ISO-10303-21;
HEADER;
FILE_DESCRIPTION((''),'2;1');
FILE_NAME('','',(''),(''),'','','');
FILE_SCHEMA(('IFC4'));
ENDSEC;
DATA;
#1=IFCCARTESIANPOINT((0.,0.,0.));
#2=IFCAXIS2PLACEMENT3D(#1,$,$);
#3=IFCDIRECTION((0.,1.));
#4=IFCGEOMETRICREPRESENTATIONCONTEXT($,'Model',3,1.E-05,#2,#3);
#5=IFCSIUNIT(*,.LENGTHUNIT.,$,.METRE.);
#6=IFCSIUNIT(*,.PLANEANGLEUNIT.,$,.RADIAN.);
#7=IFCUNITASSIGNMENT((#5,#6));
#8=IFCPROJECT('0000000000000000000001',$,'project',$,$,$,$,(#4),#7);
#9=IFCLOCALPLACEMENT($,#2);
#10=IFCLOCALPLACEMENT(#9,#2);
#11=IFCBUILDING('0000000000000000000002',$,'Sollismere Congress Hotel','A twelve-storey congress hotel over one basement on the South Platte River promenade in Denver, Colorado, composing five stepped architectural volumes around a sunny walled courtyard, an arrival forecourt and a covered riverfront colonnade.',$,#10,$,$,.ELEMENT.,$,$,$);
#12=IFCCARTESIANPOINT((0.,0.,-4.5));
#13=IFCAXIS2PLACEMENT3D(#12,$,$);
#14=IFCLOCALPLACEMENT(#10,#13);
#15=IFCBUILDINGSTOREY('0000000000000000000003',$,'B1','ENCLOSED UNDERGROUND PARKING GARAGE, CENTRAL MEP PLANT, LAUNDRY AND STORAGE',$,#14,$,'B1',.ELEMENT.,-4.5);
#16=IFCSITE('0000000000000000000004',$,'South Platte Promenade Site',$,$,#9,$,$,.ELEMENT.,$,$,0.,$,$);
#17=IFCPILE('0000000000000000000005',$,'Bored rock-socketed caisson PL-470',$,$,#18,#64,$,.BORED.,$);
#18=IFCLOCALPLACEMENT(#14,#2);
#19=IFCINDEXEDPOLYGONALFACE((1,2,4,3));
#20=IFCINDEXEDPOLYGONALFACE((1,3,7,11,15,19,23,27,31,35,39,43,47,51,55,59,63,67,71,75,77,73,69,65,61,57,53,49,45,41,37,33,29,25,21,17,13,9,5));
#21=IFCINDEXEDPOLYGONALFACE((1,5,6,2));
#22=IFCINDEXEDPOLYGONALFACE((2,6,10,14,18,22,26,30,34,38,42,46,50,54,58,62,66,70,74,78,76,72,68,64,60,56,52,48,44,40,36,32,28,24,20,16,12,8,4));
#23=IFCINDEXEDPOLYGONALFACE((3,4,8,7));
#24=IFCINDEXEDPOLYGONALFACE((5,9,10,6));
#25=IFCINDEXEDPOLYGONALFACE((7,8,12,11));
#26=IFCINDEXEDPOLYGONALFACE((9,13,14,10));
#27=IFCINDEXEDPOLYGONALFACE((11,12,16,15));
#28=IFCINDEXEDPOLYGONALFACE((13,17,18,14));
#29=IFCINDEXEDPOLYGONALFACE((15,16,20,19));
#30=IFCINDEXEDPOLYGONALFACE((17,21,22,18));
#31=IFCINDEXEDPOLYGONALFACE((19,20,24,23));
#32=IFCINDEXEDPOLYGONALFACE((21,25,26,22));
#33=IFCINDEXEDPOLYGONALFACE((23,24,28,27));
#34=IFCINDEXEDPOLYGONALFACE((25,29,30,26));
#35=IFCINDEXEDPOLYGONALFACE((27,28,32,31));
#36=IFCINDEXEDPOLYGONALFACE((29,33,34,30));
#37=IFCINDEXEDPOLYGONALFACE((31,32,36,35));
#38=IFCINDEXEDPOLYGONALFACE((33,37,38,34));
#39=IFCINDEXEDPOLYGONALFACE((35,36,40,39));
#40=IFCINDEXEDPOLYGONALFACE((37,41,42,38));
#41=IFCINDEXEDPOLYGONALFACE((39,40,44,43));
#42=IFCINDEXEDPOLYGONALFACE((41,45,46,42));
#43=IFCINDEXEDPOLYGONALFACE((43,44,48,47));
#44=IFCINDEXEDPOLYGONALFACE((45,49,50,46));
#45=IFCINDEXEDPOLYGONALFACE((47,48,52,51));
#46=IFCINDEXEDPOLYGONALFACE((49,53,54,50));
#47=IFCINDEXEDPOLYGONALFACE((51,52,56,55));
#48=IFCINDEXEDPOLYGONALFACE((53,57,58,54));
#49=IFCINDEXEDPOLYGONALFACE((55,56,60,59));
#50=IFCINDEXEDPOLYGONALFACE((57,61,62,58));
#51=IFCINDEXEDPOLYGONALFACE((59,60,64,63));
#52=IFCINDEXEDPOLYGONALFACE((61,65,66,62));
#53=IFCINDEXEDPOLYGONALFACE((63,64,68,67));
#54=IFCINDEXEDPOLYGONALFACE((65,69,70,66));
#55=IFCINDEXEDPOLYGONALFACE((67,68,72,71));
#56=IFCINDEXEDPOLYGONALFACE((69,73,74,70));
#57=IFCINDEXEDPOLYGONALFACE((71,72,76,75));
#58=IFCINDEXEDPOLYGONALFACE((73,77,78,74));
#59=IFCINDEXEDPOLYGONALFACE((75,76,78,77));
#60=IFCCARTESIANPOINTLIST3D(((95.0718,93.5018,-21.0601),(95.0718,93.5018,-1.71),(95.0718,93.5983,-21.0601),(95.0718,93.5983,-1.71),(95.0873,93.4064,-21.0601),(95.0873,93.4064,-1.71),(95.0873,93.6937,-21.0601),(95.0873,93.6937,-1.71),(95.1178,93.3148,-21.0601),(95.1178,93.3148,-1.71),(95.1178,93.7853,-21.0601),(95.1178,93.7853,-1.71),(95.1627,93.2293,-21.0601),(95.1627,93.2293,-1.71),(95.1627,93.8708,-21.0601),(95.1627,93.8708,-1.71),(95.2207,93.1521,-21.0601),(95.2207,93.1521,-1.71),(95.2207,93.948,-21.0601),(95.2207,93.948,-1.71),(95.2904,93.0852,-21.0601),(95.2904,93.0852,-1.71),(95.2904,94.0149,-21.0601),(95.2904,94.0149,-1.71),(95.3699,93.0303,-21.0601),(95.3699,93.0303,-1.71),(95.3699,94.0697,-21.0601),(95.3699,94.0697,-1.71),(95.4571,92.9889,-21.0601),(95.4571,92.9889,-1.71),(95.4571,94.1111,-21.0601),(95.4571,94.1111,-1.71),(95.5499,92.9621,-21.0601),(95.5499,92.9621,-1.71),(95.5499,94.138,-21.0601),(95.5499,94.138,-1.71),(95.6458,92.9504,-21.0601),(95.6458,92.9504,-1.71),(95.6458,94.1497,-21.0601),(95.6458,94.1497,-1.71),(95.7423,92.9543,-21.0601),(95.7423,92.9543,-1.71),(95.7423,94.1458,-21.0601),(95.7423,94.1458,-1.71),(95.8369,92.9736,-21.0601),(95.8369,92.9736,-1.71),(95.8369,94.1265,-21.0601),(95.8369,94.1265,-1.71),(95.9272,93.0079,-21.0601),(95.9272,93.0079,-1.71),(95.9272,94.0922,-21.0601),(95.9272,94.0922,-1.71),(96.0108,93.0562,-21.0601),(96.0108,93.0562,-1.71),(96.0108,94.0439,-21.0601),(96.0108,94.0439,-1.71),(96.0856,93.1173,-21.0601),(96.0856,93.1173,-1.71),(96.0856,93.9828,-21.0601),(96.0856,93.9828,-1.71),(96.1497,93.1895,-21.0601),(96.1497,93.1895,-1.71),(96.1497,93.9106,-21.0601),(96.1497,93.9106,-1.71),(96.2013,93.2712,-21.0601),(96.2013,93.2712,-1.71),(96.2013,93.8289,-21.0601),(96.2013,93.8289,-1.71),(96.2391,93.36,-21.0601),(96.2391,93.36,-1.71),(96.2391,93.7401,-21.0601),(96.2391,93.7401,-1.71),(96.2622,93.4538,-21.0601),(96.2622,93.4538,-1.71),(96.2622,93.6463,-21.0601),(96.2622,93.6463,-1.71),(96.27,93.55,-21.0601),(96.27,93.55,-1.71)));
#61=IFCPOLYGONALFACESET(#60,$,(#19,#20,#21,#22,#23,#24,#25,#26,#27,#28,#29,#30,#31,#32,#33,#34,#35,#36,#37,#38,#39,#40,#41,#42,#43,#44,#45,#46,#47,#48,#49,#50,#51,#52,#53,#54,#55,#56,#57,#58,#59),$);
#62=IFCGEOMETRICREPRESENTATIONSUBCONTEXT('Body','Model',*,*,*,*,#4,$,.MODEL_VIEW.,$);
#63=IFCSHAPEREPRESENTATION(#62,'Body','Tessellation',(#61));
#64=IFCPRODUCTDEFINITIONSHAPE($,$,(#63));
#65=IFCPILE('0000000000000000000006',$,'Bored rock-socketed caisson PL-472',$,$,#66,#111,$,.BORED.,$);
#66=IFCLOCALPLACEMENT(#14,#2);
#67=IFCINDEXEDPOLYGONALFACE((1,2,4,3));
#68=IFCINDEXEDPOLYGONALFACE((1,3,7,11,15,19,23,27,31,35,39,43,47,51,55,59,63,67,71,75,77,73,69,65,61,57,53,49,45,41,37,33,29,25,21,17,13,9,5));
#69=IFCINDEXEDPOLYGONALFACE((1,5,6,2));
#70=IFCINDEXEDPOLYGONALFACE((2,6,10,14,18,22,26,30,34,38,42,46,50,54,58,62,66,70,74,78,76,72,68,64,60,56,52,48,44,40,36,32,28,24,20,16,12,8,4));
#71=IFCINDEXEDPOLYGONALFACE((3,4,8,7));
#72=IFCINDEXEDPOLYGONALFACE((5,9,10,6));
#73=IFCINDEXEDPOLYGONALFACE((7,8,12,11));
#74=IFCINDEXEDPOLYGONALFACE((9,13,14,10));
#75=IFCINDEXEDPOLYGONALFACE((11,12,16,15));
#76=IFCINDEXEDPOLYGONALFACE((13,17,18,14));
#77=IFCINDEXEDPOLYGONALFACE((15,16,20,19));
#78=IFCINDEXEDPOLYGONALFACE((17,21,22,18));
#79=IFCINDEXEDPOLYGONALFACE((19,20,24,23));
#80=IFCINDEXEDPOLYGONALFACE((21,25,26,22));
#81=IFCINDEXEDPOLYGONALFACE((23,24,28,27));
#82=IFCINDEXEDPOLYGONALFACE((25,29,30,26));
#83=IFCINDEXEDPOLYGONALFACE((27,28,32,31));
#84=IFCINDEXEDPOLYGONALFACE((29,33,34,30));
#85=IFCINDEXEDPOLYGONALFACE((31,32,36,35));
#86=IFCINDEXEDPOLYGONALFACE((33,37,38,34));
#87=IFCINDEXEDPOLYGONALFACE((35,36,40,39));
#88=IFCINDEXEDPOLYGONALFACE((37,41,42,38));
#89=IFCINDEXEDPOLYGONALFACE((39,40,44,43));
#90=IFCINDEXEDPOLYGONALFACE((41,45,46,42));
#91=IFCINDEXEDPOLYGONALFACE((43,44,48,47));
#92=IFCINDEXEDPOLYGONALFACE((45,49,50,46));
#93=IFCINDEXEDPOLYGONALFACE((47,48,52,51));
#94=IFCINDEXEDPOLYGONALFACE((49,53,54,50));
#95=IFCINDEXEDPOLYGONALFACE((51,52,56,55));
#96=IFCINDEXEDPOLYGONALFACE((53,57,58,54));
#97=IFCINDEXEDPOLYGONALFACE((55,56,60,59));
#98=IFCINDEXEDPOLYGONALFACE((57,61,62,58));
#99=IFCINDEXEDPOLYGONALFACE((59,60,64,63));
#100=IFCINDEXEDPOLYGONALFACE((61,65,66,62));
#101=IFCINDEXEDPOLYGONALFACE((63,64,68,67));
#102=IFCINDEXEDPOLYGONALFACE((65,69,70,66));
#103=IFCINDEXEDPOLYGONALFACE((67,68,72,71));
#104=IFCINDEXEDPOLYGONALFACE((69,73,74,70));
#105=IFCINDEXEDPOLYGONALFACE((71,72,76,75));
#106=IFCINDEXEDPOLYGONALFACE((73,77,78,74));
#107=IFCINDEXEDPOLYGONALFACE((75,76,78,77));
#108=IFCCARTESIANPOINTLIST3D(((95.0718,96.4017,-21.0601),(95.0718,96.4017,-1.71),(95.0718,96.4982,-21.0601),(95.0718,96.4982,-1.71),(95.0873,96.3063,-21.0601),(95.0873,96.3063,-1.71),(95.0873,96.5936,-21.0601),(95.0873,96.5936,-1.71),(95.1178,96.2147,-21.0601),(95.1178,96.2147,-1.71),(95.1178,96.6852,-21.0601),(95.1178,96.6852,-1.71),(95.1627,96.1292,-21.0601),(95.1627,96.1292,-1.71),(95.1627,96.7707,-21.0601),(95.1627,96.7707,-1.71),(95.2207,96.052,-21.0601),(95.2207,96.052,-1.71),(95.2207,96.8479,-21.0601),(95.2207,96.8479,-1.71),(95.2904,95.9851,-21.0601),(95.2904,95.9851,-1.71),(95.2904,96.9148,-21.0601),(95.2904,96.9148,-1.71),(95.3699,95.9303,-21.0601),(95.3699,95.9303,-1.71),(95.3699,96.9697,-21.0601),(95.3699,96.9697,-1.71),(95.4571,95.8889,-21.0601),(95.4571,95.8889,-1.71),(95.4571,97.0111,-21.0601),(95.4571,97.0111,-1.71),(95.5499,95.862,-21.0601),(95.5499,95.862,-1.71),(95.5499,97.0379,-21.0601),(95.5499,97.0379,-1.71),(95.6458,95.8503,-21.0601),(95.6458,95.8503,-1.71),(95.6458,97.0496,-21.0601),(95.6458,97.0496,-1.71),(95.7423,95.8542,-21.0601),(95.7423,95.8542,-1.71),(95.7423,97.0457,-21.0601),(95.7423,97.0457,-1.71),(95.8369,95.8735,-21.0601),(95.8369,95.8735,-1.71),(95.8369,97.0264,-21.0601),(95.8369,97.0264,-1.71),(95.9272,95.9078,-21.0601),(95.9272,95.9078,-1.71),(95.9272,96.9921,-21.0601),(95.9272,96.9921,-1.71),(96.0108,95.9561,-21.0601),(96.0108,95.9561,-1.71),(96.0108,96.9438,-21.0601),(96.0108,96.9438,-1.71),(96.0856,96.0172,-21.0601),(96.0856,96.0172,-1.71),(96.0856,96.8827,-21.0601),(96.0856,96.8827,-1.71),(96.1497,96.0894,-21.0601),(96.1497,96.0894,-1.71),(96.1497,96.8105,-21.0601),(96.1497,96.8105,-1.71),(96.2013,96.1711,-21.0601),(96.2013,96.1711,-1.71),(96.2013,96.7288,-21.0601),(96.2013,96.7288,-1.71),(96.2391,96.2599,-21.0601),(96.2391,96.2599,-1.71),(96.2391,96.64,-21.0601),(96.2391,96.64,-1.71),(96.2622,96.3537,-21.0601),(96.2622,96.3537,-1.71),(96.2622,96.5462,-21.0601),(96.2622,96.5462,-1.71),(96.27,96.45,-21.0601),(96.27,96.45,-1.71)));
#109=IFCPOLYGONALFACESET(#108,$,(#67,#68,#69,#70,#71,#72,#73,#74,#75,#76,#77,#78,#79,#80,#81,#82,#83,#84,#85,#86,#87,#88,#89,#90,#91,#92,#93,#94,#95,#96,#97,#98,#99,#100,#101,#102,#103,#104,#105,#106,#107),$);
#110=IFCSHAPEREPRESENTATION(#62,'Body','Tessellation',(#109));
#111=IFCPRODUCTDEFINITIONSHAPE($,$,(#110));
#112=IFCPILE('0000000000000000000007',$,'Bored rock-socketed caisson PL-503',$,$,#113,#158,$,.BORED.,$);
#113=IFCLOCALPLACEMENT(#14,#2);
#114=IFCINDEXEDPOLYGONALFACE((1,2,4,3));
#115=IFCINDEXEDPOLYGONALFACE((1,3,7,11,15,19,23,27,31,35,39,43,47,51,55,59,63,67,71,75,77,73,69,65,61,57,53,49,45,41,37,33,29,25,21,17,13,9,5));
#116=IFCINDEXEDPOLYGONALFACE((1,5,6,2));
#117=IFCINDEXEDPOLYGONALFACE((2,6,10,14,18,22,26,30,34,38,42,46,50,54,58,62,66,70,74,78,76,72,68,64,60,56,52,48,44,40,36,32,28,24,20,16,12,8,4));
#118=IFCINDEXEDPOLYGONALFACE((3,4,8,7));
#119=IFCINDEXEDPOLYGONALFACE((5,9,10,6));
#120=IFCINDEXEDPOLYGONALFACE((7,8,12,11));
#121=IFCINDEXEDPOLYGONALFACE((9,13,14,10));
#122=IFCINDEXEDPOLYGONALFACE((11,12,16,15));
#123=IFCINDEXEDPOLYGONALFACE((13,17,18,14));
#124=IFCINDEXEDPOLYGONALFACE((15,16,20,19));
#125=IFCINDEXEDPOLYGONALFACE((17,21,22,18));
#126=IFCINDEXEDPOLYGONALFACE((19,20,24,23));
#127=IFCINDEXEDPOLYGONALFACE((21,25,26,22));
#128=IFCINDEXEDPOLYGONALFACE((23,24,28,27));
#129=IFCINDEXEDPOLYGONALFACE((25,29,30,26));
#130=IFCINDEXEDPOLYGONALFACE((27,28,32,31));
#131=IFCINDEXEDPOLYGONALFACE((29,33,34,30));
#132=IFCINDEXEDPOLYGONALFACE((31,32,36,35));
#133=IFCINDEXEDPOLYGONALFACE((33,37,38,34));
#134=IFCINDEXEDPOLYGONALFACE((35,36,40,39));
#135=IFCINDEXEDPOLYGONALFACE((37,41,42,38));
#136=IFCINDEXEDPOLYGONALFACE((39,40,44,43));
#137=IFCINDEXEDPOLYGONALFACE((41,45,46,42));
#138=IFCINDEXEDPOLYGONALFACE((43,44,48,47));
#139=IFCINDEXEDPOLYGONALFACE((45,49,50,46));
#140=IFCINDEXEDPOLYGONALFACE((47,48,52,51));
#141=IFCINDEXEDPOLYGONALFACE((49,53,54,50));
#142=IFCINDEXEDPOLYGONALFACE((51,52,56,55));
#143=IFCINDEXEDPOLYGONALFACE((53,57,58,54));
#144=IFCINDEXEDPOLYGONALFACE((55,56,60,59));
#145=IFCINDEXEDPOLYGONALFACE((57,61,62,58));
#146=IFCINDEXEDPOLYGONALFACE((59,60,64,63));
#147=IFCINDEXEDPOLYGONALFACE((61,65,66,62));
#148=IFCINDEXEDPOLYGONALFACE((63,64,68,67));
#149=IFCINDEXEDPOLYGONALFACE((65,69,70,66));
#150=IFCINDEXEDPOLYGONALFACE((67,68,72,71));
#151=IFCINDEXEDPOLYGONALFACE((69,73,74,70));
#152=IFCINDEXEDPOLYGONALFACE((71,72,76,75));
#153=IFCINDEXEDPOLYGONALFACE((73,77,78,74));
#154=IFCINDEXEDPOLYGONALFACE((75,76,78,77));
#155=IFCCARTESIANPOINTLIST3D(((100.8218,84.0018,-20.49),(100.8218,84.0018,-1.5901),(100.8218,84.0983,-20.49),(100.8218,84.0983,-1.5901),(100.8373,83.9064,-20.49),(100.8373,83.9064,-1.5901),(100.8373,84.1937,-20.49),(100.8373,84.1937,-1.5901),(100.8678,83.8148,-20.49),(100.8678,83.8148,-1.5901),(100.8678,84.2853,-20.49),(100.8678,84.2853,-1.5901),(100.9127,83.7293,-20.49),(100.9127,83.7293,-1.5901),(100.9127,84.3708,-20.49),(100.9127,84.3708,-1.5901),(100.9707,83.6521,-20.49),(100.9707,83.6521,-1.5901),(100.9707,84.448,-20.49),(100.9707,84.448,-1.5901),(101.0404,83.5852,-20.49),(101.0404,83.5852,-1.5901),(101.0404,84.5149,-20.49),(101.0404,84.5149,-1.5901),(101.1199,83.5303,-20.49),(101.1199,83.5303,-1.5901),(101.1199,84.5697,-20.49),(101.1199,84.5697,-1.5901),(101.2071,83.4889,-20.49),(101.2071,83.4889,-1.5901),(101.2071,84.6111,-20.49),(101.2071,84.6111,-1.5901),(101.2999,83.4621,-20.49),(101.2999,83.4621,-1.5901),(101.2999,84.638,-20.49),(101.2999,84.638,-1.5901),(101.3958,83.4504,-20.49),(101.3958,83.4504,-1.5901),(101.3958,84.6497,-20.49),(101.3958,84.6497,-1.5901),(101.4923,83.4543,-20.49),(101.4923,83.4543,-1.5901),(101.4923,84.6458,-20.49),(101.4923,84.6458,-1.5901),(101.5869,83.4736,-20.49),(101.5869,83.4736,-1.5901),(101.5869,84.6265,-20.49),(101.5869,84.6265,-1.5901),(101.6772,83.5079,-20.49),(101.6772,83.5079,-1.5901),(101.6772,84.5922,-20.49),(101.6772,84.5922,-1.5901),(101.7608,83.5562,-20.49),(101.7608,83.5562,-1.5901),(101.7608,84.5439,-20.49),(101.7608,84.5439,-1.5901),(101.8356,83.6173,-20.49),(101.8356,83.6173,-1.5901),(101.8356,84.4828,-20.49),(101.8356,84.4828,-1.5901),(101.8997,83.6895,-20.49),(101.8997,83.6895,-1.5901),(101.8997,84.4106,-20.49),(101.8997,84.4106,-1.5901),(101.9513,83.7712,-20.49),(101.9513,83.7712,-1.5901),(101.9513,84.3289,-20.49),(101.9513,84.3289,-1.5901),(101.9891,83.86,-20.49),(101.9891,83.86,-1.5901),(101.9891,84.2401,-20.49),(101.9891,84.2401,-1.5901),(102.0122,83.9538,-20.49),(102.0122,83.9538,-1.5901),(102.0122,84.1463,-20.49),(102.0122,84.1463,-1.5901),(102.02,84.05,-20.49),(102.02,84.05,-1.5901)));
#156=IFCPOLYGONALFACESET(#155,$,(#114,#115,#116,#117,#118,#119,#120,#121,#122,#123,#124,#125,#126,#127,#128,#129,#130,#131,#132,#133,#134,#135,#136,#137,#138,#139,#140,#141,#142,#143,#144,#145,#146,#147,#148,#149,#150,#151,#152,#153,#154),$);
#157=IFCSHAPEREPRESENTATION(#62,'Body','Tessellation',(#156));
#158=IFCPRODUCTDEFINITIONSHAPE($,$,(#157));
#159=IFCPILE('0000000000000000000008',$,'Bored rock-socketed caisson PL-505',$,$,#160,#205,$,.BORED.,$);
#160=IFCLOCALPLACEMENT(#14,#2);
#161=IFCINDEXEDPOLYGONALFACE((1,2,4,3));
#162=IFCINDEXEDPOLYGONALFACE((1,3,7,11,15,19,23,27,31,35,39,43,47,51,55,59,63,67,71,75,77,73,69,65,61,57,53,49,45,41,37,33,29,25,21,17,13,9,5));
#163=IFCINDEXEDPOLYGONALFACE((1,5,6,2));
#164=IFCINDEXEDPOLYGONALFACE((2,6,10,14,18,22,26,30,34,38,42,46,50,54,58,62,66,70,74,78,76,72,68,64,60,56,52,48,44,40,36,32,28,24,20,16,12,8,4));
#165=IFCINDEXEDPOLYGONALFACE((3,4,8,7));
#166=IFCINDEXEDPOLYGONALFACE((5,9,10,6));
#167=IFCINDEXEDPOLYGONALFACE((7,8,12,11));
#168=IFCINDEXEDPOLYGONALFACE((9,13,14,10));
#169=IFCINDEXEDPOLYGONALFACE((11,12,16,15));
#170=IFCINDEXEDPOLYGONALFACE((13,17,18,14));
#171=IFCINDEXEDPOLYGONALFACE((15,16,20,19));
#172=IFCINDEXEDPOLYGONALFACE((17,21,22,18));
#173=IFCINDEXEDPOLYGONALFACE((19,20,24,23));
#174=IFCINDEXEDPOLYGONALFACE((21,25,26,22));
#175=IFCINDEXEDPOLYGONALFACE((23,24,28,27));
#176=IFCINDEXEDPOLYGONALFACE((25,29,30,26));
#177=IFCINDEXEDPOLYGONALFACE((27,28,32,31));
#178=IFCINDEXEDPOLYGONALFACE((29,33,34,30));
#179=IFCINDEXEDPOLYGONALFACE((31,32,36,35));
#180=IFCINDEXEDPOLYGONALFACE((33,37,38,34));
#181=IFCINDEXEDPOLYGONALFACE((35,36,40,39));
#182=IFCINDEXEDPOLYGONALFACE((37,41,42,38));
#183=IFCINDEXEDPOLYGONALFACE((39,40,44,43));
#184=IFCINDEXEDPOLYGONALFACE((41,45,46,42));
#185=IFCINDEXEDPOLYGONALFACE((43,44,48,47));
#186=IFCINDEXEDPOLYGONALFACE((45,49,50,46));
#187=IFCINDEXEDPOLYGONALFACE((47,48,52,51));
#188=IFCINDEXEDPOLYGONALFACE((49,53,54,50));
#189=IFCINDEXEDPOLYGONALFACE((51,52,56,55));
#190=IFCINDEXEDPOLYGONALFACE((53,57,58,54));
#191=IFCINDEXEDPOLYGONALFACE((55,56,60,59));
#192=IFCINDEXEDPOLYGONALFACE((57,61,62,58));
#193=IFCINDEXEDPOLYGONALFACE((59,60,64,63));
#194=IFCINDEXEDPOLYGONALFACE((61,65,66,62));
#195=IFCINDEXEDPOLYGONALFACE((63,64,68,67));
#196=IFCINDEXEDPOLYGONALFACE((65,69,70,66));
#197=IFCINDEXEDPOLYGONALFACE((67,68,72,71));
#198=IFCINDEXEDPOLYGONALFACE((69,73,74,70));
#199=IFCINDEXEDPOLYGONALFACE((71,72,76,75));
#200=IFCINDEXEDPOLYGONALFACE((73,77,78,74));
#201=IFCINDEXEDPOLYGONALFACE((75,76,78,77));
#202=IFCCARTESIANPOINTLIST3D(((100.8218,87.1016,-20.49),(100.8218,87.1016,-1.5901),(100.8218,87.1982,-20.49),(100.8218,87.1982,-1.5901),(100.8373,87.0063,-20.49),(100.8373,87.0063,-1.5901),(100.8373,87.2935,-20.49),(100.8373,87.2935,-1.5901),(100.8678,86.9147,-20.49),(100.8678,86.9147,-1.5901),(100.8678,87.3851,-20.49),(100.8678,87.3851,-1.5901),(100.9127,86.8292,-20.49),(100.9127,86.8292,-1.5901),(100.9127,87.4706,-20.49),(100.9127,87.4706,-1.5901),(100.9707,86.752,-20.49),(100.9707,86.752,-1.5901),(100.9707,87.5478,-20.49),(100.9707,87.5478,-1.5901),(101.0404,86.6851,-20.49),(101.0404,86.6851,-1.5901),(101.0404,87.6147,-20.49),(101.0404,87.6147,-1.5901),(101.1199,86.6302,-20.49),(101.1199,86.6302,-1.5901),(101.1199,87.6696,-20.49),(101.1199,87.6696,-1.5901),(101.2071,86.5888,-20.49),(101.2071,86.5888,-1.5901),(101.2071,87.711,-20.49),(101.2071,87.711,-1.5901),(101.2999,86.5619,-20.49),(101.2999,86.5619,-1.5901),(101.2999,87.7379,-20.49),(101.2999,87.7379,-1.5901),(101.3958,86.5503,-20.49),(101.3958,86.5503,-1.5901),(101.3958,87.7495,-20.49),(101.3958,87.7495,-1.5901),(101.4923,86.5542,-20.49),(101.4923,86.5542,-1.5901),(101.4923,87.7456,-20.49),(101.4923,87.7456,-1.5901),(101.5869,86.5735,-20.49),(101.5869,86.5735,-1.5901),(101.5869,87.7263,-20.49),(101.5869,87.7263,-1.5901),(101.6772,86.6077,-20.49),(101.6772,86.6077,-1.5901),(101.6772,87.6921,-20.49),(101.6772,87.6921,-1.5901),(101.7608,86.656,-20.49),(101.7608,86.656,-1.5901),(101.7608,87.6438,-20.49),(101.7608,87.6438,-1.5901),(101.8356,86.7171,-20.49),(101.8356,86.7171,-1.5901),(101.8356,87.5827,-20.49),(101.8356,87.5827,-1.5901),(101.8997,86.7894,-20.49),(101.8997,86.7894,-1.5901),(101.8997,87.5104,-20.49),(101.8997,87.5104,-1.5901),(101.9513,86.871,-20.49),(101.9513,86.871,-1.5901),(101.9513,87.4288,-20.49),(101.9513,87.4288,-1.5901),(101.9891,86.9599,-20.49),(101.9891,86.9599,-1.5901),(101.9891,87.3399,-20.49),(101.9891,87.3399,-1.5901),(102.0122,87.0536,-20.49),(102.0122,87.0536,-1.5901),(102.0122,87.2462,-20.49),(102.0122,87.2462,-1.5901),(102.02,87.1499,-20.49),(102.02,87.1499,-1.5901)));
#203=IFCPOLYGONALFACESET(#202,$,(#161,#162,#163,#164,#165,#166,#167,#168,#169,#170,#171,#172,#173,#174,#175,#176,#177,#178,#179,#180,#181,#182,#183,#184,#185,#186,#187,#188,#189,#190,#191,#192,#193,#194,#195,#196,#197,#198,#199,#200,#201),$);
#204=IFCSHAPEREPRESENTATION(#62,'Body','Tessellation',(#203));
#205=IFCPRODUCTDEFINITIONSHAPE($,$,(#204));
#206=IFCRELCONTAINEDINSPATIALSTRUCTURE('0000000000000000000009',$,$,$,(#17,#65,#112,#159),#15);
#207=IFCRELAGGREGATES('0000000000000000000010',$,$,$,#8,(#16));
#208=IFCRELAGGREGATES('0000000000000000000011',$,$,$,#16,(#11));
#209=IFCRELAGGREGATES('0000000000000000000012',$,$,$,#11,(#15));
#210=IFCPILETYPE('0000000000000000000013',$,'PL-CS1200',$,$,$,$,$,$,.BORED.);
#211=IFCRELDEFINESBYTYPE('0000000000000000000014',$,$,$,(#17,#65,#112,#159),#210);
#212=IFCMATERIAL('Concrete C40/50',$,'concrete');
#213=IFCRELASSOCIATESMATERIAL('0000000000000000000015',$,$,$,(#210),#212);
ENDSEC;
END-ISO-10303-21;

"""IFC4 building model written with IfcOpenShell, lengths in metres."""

from ifc_helpers import new_model, si_unit, direction, frame, origin, origin_2d, place, context, subcontext, project, spatial, circle, extrude, material, material_profile, profile_set, type_object, element, save


model = new_model("IFC4")

# Units and contexts
model_context = context("Model", 3, precision=1e-05, world=origin(), true_north=direction((0.0, 1.0)))
body_context = subcontext(model_context, "Body", "Model", "MODEL_VIEW")
ifc_project = project(units=[si_unit("LENGTHUNIT", "METRE"), si_unit("PLANEANGLEUNIT", "RADIAN")], contexts=[model_context])

# Site, building, storey
site_placement = place(None, origin())
site = spatial("IfcSite", under=ifc_project, at=site_placement, Name="South Platte Promenade Site", CompositionType="ELEMENT", RefElevation=0.0)
building_placement = place(site_placement, origin())
building = spatial("IfcBuilding", under=site, at=building_placement, Name="Sollismere Congress Hotel", Description="A twelve-storey congress hotel over one basement on the South Platte River promenade in Denver, Colorado, composing five stepped architectural volumes around a sunny walled courtyard, an arrival forecourt and a covered riverfront colonnade.", CompositionType="ELEMENT")
storey_placement = place(building_placement, frame((0.0, 0.0, -4.5)))
storey = spatial("IfcBuildingStorey", under=building, at=storey_placement, Name="B1", Description="ENCLOSED UNDERGROUND PARKING GARAGE, CENTRAL MEP PLANT, LAUNDRY AND STORAGE", LongName="B1", CompositionType="ELEMENT", Elevation=-4.5)

# Shared definitions
ifc_material_1 = material(Name="Concrete C40/50", Category="concrete")

# Piles
ifc_material_profile_1 = material_profile(ifc_material_1, circle(Radius=0.6001, at=origin_2d()), Name="CAISSON1200")
ifc_profile_set_1 = profile_set([ifc_material_profile_1], Name="Concrete C40/50")
pile_type = type_object("IfcPileType", Name="PL-CS1200", PredefinedType="BORED", material=ifc_profile_set_1)
for number, where, z_axis, x_axis, name in (
    (1, (95.6699, 93.55, -1.71), (0.0, 0.0, -1.0), (1.0, 0.0, 0.0), "Bored rock-socketed caisson PL-470"),
    (2, (95.6699, 96.45, -1.71), (0.0, 0.0, -1.0), (1.0, 0.0, 0.0), "Bored rock-socketed caisson PL-472"),
):
    element("IfcPile", number, at=place(storey_placement, frame(where, z_axis=z_axis, x_axis=x_axis)), inside=storey, type_object=pile_type, Name=name, PredefinedType="BORED", context=body_context, shape_type="SweptSolid", body=[
        extrude(circle(Radius=0.6001, at=origin_2d()), origin(), (0.0, 0.0, 1.0), 19.3501),
    ])
for number, where, z_axis, x_axis, name in (
    (3, (101.4199, 84.05, -1.5901), (0.0, 0.0, -1.0), (1.0, 0.0, 0.0), "Bored rock-socketed caisson PL-503"),
    (4, (101.4199, 87.1499, -1.5901), (0.0, 0.0, -1.0), (1.0, 0.0, 0.0), "Bored rock-socketed caisson PL-505"),
):
    element("IfcPile", number, at=place(storey_placement, frame(where, z_axis=z_axis, x_axis=x_axis)), inside=storey, type_object=pile_type, Name=name, PredefinedType="BORED", context=body_context, shape_type="SweptSolid", body=[
        extrude(circle(Radius=0.6001, at=origin_2d()), origin(), (0.0, 0.0, 1.0), 18.8999),
    ])

save(model, "model.ifc")
